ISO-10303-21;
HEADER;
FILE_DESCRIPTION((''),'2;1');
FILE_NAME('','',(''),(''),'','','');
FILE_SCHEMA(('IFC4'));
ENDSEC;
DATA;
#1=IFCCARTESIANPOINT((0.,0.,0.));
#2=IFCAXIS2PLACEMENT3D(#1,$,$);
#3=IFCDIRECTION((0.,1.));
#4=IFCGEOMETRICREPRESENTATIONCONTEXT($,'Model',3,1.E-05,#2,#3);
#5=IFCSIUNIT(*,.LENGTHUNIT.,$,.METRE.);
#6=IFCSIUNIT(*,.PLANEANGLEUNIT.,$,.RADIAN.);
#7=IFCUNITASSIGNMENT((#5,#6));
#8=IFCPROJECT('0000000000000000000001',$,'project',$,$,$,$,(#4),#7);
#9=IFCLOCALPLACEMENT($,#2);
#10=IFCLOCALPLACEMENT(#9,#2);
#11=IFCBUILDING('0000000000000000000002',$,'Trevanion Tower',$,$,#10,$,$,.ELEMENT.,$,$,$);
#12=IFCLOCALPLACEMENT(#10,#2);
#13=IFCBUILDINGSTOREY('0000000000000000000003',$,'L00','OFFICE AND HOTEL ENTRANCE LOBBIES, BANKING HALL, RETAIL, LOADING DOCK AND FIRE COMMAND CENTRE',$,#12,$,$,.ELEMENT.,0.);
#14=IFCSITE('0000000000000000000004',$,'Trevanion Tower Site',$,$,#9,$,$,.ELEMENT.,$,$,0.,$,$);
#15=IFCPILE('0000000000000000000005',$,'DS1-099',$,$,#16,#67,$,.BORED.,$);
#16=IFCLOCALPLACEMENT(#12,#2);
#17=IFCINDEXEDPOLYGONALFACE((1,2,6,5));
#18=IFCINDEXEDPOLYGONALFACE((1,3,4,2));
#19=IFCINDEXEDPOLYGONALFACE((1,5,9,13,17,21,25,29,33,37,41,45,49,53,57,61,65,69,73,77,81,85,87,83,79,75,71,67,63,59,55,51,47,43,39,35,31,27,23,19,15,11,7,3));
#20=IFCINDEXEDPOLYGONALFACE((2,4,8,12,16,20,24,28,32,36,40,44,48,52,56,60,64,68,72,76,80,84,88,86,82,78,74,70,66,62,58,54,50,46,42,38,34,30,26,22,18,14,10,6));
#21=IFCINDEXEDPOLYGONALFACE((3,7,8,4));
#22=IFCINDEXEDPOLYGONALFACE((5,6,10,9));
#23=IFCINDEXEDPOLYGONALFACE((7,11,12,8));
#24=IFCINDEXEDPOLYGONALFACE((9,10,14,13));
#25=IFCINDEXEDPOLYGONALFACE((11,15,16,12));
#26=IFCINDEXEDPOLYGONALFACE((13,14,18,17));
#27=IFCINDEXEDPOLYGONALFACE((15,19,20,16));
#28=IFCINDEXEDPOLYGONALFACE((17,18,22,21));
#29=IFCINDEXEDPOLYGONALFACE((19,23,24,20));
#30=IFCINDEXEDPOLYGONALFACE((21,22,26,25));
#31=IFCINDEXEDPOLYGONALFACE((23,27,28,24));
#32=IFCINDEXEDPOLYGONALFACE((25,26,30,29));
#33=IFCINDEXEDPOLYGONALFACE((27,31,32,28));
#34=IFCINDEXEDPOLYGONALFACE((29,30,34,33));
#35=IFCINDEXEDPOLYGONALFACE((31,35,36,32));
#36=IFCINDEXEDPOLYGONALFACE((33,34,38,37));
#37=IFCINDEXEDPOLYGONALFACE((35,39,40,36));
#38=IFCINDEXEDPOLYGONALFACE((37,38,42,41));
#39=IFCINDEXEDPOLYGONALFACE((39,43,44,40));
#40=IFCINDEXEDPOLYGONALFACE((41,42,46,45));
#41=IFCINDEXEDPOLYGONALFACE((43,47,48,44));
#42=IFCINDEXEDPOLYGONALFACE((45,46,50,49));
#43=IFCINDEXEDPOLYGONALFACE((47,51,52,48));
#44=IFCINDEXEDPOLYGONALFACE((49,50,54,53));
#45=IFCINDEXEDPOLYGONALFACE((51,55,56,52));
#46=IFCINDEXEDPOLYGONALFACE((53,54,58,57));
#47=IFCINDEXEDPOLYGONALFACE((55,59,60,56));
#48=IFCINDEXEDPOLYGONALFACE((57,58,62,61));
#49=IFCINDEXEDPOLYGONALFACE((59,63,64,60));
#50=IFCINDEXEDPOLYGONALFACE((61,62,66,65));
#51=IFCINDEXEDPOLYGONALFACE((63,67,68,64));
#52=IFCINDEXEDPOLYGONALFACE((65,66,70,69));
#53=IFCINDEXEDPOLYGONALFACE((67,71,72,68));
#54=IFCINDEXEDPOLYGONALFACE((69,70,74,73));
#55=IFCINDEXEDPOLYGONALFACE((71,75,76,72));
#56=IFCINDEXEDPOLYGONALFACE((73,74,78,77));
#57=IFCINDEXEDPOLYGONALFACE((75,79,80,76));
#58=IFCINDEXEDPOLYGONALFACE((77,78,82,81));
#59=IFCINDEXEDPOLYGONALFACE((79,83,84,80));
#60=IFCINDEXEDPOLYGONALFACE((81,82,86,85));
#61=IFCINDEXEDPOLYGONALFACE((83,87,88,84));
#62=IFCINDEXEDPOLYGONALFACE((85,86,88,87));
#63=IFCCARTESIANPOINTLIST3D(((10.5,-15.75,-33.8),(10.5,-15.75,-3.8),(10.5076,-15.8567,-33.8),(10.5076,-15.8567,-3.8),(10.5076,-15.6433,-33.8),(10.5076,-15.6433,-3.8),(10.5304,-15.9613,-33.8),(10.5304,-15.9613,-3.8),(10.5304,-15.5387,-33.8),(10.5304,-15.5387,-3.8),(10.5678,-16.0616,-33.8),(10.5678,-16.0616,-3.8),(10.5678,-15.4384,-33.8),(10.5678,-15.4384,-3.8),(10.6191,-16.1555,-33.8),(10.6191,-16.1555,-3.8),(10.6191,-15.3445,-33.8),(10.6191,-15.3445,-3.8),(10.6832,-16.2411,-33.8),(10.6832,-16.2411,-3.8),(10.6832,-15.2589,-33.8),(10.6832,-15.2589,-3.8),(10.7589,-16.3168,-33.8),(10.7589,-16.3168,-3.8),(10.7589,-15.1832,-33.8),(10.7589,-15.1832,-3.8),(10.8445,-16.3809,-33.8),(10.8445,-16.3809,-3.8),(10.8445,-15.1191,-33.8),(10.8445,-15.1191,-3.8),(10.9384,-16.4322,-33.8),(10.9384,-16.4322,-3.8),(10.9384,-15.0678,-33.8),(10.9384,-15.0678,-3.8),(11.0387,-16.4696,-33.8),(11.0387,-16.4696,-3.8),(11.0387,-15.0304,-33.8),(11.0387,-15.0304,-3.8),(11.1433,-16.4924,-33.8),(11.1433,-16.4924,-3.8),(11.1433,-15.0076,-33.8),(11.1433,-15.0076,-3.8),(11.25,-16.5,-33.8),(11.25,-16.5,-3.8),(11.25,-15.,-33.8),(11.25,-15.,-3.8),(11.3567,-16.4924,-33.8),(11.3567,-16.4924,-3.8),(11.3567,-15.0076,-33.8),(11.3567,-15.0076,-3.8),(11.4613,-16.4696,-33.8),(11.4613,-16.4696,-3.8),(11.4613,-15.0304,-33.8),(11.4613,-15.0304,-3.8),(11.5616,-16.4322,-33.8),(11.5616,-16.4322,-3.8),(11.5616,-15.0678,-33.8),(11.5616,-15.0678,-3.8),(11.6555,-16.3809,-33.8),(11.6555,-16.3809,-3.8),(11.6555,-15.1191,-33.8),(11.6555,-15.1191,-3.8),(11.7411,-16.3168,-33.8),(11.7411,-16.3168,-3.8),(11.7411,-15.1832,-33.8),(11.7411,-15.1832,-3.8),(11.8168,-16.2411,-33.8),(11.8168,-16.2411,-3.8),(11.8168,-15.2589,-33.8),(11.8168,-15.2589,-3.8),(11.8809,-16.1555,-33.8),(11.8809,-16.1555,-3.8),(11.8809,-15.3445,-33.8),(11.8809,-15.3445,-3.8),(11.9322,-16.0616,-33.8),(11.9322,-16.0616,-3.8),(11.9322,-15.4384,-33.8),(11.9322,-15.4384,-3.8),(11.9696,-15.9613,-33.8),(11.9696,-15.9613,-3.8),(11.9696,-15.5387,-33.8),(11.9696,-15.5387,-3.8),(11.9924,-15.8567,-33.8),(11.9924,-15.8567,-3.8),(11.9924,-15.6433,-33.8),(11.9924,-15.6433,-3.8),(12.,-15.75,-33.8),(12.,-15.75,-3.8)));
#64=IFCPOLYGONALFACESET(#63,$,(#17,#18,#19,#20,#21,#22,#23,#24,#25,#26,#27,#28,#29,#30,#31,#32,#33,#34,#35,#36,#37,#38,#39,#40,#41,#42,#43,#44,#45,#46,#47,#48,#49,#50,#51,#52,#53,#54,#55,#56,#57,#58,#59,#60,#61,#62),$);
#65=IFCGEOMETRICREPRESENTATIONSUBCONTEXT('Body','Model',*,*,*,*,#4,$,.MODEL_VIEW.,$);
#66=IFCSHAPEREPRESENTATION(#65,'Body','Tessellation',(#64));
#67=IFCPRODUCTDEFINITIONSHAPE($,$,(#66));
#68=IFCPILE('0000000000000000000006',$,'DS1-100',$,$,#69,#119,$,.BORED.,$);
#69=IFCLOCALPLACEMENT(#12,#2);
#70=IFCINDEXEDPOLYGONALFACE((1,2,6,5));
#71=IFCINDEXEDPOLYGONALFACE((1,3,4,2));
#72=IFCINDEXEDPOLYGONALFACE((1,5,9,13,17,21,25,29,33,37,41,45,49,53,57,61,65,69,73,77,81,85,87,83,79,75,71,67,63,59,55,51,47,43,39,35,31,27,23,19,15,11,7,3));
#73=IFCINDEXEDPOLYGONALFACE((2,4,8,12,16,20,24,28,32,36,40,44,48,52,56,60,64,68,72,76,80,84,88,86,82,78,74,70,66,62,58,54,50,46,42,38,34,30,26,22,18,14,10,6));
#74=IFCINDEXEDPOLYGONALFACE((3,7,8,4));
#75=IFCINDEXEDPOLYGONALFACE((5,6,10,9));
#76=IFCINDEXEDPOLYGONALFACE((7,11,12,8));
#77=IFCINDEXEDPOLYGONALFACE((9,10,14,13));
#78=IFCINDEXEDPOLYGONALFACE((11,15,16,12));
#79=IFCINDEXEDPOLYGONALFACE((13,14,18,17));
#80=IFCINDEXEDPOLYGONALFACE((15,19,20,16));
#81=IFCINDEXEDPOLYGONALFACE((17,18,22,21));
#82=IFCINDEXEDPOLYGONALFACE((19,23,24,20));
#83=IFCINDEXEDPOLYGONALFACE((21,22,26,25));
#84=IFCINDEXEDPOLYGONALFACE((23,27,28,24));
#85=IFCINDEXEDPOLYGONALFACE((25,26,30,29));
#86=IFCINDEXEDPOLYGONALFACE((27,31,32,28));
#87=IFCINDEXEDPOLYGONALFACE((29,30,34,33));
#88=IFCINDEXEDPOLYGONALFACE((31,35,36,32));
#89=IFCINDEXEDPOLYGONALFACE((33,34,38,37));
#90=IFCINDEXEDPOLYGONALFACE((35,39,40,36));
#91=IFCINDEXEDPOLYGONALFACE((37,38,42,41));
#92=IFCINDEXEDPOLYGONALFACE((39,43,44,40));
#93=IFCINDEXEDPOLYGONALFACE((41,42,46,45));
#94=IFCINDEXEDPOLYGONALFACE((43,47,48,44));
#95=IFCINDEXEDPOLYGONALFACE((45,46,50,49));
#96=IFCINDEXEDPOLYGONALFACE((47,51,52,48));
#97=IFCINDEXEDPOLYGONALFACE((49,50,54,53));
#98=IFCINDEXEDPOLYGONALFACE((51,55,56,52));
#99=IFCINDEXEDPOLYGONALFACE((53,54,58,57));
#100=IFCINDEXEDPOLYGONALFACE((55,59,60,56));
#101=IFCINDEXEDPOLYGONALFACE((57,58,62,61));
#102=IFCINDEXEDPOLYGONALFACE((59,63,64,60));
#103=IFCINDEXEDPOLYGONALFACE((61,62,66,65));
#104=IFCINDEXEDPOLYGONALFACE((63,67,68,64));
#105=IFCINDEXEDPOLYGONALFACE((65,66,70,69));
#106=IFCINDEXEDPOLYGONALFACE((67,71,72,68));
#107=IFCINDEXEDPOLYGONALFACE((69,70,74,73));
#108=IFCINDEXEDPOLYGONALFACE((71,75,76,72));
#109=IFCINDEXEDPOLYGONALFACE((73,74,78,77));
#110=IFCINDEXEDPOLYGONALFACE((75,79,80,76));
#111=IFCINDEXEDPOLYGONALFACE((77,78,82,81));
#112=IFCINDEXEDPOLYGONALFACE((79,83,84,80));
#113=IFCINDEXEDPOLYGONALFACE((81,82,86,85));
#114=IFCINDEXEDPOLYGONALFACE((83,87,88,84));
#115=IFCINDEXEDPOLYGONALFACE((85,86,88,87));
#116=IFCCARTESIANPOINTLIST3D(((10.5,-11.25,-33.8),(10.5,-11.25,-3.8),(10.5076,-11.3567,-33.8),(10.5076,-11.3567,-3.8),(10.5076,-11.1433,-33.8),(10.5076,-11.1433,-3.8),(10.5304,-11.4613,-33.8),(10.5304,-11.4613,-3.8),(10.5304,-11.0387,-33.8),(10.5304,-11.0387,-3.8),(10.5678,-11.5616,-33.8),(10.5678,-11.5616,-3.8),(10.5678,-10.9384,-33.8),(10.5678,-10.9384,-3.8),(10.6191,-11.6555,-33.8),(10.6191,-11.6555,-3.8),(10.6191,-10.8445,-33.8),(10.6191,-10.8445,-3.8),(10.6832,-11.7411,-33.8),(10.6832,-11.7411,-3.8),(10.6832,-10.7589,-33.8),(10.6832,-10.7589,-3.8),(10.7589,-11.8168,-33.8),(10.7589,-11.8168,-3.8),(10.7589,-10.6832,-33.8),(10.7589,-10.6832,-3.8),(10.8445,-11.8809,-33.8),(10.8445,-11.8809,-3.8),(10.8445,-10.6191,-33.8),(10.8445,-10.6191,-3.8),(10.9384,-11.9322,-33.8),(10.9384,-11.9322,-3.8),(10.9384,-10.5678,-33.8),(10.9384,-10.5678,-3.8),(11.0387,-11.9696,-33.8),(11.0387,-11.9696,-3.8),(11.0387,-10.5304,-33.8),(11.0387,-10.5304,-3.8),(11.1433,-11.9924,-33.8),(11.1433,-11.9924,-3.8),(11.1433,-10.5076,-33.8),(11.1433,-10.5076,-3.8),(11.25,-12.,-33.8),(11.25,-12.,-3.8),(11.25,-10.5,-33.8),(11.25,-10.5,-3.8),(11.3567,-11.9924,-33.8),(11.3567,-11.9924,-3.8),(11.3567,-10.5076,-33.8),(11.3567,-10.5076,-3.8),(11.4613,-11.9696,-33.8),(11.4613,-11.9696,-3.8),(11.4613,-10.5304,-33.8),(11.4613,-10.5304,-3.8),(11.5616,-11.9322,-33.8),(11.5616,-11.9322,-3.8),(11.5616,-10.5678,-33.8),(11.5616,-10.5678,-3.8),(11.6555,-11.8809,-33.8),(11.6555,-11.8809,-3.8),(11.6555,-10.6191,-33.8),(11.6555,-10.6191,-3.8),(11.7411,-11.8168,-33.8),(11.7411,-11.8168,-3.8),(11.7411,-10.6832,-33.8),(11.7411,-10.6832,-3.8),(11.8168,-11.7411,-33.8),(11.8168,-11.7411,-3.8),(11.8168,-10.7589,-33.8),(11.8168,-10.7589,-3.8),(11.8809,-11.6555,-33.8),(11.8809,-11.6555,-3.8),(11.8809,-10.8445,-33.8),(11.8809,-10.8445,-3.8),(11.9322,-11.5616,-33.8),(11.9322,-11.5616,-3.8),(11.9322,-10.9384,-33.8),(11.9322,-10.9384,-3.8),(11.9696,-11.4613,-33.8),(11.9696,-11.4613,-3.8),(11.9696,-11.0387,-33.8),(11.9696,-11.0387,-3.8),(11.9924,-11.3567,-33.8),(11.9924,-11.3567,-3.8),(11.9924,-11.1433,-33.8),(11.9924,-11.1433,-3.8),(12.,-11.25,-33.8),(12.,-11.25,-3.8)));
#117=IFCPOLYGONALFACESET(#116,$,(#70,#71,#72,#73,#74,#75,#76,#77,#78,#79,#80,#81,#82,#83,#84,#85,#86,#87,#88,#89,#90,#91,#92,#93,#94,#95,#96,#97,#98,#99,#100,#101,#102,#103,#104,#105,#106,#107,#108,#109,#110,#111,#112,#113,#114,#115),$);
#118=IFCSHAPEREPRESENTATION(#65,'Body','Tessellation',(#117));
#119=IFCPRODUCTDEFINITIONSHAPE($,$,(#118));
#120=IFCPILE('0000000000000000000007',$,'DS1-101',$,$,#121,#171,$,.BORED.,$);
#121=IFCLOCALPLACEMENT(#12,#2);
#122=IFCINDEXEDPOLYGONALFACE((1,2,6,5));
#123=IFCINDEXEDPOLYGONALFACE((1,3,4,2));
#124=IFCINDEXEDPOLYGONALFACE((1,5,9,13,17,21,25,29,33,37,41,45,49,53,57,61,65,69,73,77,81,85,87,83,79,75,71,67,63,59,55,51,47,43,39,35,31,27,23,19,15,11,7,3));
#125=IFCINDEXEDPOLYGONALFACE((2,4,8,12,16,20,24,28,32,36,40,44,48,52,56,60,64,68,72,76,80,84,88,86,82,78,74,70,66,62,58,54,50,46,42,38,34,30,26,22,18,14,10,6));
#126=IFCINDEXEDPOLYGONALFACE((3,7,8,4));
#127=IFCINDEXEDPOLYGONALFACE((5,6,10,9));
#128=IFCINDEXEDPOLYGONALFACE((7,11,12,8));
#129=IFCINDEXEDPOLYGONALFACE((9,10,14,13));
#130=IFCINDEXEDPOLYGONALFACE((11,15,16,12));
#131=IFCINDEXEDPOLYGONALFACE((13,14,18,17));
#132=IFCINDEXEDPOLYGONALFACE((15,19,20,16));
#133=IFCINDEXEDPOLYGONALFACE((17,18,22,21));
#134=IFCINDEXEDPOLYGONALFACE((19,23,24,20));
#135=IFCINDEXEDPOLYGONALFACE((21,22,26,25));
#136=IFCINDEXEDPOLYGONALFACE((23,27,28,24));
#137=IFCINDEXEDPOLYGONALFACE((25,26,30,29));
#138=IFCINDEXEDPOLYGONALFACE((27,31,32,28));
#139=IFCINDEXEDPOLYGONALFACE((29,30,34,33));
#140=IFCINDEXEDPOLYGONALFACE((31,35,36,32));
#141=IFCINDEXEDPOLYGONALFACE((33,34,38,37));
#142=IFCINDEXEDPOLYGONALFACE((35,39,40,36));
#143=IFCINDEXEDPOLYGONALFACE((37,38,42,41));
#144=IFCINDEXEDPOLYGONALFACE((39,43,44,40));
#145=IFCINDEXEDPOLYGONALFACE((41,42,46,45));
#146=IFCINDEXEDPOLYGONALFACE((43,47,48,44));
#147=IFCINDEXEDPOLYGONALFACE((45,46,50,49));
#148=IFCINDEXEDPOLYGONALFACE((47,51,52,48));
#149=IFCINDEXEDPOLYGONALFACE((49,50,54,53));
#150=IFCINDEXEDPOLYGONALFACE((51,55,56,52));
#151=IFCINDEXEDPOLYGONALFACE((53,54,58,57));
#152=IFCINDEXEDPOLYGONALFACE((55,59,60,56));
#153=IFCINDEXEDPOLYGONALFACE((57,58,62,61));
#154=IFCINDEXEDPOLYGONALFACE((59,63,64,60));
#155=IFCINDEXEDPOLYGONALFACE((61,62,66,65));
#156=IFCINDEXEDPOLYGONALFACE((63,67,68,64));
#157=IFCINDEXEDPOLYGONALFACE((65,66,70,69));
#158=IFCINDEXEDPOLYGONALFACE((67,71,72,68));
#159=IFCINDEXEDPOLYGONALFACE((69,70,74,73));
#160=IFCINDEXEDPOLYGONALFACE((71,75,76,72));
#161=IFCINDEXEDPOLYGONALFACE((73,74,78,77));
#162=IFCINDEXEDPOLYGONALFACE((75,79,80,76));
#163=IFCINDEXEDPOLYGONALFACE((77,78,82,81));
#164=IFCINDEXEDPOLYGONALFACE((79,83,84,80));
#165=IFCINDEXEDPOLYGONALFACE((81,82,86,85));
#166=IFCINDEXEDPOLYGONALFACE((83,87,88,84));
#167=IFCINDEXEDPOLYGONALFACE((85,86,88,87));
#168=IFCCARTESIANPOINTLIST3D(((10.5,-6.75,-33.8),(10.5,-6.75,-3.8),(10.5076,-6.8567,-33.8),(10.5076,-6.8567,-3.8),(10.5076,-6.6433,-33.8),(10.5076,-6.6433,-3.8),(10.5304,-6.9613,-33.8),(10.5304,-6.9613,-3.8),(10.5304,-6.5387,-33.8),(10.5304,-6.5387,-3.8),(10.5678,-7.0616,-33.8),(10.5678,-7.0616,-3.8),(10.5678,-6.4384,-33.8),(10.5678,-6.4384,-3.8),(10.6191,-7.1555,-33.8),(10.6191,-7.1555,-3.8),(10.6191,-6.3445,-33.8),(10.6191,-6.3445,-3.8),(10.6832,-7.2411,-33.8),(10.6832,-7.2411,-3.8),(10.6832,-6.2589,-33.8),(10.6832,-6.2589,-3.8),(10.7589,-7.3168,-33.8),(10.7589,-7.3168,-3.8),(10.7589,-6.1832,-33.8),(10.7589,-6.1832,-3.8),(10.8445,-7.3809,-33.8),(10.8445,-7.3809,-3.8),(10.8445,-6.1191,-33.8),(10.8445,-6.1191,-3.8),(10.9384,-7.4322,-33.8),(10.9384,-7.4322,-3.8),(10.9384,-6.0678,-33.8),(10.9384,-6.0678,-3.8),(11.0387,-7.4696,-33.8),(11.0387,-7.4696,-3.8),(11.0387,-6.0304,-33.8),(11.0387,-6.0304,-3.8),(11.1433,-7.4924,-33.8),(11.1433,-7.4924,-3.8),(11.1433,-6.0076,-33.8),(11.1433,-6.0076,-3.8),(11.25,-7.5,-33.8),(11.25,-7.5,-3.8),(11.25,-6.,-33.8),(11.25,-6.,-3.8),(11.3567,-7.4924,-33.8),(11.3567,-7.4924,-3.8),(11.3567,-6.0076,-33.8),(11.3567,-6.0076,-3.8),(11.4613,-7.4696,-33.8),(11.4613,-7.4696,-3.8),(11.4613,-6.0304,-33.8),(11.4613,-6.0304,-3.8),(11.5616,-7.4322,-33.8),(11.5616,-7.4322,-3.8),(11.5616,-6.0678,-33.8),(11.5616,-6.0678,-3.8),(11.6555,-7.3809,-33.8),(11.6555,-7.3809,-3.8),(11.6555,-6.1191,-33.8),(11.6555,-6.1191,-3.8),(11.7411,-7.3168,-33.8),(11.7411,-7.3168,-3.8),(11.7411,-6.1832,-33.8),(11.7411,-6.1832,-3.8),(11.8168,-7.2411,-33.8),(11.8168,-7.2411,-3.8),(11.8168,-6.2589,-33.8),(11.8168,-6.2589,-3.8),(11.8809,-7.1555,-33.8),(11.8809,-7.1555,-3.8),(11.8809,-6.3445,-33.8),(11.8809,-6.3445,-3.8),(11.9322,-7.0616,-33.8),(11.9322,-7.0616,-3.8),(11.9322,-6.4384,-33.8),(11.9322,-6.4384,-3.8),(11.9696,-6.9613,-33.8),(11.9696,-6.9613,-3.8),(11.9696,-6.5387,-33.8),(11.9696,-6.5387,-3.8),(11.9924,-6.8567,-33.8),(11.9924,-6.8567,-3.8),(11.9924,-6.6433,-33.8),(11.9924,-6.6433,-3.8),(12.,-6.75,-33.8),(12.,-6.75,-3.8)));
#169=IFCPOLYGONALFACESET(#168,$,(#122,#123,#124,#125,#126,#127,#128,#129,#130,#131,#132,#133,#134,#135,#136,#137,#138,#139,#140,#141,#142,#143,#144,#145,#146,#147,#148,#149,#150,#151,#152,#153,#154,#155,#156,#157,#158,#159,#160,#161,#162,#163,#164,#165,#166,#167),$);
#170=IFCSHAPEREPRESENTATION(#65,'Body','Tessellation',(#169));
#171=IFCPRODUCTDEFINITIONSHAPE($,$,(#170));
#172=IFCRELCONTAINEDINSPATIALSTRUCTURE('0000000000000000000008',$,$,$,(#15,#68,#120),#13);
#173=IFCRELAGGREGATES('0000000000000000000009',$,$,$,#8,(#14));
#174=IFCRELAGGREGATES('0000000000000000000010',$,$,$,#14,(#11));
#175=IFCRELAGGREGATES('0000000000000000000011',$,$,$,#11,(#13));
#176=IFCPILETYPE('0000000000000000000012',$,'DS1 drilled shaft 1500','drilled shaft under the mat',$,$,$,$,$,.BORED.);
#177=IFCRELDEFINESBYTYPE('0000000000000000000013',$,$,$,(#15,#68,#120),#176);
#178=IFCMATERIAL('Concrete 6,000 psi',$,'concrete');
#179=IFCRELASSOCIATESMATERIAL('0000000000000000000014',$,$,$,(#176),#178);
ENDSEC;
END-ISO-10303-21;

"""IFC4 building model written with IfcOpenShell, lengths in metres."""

from ifc_helpers import new_model, si_unit, direction, frame, origin, origin_2d, place, context, subcontext, project, spatial, circle, extrude, material, material_profile, profile_set, type_object, element, save


model = new_model("IFC4")

# Units and contexts
model_context = context("Model", 3, precision=1e-05, world=origin(), true_north=direction((0.0, 1.0)))
body_context = subcontext(model_context, "Body", "Model", "MODEL_VIEW")
ifc_project = project(units=[si_unit("LENGTHUNIT", "METRE"), si_unit("PLANEANGLEUNIT", "RADIAN")], contexts=[model_context])

# Site, building, storey
site_placement = place(None, origin())
site = spatial("IfcSite", under=ifc_project, at=site_placement, Name="Trevanion Tower Site", CompositionType="ELEMENT", RefElevation=0.0)
building_placement = place(site_placement, origin())
building = spatial("IfcBuilding", under=site, at=building_placement, Name="Trevanion Tower", CompositionType="ELEMENT")
storey_placement = place(building_placement, origin())
storey = spatial("IfcBuildingStorey", under=building, at=storey_placement, Name="L00", Description="OFFICE AND HOTEL ENTRANCE LOBBIES, BANKING HALL, RETAIL, LOADING DOCK AND FIRE COMMAND CENTRE", CompositionType="ELEMENT", Elevation=0.0)

# Piles
ifc_material_1 = material(Name="Concrete 6,000 psi", Category="concrete")
ifc_material_profile_1 = material_profile(ifc_material_1, circle(Radius=0.75, at=origin_2d()), Name="DS1 drilled shaft 1500")
ifc_profile_set_1 = profile_set([ifc_material_profile_1], Name="Concrete 6,000 psi")
pile_type_1 = type_object("IfcPileType", Name="DS1 drilled shaft 1500", Description="drilled shaft under the mat", PredefinedType="BORED", material=ifc_profile_set_1)
for number, where, z_axis, x_axis, name in (
    (1, (11.25, -15.75, -3.8), (0.0, 0.0, -1.0), (1.0, 0.0, 0.0), "DS1-099"),
    (2, (11.25, -11.25, -3.8), (0.0, 0.0, -1.0), (1.0, 0.0, 0.0), "DS1-100"),
    (3, (11.25, -6.75, -3.8), (0.0, 0.0, -1.0), (1.0, 0.0, 0.0), "DS1-101"),
):
    element("IfcPile", number, at=place(storey_placement, frame(where, z_axis=z_axis, x_axis=x_axis)), inside=storey, type_object=pile_type_1, Name=name, PredefinedType="BORED", context=body_context, shape_type="SweptSolid", body=[
        extrude(circle(Radius=0.75, at=origin_2d()), origin(), (0.0, 0.0, 1.0), 30.0),
    ])

save(model, "model.ifc")
